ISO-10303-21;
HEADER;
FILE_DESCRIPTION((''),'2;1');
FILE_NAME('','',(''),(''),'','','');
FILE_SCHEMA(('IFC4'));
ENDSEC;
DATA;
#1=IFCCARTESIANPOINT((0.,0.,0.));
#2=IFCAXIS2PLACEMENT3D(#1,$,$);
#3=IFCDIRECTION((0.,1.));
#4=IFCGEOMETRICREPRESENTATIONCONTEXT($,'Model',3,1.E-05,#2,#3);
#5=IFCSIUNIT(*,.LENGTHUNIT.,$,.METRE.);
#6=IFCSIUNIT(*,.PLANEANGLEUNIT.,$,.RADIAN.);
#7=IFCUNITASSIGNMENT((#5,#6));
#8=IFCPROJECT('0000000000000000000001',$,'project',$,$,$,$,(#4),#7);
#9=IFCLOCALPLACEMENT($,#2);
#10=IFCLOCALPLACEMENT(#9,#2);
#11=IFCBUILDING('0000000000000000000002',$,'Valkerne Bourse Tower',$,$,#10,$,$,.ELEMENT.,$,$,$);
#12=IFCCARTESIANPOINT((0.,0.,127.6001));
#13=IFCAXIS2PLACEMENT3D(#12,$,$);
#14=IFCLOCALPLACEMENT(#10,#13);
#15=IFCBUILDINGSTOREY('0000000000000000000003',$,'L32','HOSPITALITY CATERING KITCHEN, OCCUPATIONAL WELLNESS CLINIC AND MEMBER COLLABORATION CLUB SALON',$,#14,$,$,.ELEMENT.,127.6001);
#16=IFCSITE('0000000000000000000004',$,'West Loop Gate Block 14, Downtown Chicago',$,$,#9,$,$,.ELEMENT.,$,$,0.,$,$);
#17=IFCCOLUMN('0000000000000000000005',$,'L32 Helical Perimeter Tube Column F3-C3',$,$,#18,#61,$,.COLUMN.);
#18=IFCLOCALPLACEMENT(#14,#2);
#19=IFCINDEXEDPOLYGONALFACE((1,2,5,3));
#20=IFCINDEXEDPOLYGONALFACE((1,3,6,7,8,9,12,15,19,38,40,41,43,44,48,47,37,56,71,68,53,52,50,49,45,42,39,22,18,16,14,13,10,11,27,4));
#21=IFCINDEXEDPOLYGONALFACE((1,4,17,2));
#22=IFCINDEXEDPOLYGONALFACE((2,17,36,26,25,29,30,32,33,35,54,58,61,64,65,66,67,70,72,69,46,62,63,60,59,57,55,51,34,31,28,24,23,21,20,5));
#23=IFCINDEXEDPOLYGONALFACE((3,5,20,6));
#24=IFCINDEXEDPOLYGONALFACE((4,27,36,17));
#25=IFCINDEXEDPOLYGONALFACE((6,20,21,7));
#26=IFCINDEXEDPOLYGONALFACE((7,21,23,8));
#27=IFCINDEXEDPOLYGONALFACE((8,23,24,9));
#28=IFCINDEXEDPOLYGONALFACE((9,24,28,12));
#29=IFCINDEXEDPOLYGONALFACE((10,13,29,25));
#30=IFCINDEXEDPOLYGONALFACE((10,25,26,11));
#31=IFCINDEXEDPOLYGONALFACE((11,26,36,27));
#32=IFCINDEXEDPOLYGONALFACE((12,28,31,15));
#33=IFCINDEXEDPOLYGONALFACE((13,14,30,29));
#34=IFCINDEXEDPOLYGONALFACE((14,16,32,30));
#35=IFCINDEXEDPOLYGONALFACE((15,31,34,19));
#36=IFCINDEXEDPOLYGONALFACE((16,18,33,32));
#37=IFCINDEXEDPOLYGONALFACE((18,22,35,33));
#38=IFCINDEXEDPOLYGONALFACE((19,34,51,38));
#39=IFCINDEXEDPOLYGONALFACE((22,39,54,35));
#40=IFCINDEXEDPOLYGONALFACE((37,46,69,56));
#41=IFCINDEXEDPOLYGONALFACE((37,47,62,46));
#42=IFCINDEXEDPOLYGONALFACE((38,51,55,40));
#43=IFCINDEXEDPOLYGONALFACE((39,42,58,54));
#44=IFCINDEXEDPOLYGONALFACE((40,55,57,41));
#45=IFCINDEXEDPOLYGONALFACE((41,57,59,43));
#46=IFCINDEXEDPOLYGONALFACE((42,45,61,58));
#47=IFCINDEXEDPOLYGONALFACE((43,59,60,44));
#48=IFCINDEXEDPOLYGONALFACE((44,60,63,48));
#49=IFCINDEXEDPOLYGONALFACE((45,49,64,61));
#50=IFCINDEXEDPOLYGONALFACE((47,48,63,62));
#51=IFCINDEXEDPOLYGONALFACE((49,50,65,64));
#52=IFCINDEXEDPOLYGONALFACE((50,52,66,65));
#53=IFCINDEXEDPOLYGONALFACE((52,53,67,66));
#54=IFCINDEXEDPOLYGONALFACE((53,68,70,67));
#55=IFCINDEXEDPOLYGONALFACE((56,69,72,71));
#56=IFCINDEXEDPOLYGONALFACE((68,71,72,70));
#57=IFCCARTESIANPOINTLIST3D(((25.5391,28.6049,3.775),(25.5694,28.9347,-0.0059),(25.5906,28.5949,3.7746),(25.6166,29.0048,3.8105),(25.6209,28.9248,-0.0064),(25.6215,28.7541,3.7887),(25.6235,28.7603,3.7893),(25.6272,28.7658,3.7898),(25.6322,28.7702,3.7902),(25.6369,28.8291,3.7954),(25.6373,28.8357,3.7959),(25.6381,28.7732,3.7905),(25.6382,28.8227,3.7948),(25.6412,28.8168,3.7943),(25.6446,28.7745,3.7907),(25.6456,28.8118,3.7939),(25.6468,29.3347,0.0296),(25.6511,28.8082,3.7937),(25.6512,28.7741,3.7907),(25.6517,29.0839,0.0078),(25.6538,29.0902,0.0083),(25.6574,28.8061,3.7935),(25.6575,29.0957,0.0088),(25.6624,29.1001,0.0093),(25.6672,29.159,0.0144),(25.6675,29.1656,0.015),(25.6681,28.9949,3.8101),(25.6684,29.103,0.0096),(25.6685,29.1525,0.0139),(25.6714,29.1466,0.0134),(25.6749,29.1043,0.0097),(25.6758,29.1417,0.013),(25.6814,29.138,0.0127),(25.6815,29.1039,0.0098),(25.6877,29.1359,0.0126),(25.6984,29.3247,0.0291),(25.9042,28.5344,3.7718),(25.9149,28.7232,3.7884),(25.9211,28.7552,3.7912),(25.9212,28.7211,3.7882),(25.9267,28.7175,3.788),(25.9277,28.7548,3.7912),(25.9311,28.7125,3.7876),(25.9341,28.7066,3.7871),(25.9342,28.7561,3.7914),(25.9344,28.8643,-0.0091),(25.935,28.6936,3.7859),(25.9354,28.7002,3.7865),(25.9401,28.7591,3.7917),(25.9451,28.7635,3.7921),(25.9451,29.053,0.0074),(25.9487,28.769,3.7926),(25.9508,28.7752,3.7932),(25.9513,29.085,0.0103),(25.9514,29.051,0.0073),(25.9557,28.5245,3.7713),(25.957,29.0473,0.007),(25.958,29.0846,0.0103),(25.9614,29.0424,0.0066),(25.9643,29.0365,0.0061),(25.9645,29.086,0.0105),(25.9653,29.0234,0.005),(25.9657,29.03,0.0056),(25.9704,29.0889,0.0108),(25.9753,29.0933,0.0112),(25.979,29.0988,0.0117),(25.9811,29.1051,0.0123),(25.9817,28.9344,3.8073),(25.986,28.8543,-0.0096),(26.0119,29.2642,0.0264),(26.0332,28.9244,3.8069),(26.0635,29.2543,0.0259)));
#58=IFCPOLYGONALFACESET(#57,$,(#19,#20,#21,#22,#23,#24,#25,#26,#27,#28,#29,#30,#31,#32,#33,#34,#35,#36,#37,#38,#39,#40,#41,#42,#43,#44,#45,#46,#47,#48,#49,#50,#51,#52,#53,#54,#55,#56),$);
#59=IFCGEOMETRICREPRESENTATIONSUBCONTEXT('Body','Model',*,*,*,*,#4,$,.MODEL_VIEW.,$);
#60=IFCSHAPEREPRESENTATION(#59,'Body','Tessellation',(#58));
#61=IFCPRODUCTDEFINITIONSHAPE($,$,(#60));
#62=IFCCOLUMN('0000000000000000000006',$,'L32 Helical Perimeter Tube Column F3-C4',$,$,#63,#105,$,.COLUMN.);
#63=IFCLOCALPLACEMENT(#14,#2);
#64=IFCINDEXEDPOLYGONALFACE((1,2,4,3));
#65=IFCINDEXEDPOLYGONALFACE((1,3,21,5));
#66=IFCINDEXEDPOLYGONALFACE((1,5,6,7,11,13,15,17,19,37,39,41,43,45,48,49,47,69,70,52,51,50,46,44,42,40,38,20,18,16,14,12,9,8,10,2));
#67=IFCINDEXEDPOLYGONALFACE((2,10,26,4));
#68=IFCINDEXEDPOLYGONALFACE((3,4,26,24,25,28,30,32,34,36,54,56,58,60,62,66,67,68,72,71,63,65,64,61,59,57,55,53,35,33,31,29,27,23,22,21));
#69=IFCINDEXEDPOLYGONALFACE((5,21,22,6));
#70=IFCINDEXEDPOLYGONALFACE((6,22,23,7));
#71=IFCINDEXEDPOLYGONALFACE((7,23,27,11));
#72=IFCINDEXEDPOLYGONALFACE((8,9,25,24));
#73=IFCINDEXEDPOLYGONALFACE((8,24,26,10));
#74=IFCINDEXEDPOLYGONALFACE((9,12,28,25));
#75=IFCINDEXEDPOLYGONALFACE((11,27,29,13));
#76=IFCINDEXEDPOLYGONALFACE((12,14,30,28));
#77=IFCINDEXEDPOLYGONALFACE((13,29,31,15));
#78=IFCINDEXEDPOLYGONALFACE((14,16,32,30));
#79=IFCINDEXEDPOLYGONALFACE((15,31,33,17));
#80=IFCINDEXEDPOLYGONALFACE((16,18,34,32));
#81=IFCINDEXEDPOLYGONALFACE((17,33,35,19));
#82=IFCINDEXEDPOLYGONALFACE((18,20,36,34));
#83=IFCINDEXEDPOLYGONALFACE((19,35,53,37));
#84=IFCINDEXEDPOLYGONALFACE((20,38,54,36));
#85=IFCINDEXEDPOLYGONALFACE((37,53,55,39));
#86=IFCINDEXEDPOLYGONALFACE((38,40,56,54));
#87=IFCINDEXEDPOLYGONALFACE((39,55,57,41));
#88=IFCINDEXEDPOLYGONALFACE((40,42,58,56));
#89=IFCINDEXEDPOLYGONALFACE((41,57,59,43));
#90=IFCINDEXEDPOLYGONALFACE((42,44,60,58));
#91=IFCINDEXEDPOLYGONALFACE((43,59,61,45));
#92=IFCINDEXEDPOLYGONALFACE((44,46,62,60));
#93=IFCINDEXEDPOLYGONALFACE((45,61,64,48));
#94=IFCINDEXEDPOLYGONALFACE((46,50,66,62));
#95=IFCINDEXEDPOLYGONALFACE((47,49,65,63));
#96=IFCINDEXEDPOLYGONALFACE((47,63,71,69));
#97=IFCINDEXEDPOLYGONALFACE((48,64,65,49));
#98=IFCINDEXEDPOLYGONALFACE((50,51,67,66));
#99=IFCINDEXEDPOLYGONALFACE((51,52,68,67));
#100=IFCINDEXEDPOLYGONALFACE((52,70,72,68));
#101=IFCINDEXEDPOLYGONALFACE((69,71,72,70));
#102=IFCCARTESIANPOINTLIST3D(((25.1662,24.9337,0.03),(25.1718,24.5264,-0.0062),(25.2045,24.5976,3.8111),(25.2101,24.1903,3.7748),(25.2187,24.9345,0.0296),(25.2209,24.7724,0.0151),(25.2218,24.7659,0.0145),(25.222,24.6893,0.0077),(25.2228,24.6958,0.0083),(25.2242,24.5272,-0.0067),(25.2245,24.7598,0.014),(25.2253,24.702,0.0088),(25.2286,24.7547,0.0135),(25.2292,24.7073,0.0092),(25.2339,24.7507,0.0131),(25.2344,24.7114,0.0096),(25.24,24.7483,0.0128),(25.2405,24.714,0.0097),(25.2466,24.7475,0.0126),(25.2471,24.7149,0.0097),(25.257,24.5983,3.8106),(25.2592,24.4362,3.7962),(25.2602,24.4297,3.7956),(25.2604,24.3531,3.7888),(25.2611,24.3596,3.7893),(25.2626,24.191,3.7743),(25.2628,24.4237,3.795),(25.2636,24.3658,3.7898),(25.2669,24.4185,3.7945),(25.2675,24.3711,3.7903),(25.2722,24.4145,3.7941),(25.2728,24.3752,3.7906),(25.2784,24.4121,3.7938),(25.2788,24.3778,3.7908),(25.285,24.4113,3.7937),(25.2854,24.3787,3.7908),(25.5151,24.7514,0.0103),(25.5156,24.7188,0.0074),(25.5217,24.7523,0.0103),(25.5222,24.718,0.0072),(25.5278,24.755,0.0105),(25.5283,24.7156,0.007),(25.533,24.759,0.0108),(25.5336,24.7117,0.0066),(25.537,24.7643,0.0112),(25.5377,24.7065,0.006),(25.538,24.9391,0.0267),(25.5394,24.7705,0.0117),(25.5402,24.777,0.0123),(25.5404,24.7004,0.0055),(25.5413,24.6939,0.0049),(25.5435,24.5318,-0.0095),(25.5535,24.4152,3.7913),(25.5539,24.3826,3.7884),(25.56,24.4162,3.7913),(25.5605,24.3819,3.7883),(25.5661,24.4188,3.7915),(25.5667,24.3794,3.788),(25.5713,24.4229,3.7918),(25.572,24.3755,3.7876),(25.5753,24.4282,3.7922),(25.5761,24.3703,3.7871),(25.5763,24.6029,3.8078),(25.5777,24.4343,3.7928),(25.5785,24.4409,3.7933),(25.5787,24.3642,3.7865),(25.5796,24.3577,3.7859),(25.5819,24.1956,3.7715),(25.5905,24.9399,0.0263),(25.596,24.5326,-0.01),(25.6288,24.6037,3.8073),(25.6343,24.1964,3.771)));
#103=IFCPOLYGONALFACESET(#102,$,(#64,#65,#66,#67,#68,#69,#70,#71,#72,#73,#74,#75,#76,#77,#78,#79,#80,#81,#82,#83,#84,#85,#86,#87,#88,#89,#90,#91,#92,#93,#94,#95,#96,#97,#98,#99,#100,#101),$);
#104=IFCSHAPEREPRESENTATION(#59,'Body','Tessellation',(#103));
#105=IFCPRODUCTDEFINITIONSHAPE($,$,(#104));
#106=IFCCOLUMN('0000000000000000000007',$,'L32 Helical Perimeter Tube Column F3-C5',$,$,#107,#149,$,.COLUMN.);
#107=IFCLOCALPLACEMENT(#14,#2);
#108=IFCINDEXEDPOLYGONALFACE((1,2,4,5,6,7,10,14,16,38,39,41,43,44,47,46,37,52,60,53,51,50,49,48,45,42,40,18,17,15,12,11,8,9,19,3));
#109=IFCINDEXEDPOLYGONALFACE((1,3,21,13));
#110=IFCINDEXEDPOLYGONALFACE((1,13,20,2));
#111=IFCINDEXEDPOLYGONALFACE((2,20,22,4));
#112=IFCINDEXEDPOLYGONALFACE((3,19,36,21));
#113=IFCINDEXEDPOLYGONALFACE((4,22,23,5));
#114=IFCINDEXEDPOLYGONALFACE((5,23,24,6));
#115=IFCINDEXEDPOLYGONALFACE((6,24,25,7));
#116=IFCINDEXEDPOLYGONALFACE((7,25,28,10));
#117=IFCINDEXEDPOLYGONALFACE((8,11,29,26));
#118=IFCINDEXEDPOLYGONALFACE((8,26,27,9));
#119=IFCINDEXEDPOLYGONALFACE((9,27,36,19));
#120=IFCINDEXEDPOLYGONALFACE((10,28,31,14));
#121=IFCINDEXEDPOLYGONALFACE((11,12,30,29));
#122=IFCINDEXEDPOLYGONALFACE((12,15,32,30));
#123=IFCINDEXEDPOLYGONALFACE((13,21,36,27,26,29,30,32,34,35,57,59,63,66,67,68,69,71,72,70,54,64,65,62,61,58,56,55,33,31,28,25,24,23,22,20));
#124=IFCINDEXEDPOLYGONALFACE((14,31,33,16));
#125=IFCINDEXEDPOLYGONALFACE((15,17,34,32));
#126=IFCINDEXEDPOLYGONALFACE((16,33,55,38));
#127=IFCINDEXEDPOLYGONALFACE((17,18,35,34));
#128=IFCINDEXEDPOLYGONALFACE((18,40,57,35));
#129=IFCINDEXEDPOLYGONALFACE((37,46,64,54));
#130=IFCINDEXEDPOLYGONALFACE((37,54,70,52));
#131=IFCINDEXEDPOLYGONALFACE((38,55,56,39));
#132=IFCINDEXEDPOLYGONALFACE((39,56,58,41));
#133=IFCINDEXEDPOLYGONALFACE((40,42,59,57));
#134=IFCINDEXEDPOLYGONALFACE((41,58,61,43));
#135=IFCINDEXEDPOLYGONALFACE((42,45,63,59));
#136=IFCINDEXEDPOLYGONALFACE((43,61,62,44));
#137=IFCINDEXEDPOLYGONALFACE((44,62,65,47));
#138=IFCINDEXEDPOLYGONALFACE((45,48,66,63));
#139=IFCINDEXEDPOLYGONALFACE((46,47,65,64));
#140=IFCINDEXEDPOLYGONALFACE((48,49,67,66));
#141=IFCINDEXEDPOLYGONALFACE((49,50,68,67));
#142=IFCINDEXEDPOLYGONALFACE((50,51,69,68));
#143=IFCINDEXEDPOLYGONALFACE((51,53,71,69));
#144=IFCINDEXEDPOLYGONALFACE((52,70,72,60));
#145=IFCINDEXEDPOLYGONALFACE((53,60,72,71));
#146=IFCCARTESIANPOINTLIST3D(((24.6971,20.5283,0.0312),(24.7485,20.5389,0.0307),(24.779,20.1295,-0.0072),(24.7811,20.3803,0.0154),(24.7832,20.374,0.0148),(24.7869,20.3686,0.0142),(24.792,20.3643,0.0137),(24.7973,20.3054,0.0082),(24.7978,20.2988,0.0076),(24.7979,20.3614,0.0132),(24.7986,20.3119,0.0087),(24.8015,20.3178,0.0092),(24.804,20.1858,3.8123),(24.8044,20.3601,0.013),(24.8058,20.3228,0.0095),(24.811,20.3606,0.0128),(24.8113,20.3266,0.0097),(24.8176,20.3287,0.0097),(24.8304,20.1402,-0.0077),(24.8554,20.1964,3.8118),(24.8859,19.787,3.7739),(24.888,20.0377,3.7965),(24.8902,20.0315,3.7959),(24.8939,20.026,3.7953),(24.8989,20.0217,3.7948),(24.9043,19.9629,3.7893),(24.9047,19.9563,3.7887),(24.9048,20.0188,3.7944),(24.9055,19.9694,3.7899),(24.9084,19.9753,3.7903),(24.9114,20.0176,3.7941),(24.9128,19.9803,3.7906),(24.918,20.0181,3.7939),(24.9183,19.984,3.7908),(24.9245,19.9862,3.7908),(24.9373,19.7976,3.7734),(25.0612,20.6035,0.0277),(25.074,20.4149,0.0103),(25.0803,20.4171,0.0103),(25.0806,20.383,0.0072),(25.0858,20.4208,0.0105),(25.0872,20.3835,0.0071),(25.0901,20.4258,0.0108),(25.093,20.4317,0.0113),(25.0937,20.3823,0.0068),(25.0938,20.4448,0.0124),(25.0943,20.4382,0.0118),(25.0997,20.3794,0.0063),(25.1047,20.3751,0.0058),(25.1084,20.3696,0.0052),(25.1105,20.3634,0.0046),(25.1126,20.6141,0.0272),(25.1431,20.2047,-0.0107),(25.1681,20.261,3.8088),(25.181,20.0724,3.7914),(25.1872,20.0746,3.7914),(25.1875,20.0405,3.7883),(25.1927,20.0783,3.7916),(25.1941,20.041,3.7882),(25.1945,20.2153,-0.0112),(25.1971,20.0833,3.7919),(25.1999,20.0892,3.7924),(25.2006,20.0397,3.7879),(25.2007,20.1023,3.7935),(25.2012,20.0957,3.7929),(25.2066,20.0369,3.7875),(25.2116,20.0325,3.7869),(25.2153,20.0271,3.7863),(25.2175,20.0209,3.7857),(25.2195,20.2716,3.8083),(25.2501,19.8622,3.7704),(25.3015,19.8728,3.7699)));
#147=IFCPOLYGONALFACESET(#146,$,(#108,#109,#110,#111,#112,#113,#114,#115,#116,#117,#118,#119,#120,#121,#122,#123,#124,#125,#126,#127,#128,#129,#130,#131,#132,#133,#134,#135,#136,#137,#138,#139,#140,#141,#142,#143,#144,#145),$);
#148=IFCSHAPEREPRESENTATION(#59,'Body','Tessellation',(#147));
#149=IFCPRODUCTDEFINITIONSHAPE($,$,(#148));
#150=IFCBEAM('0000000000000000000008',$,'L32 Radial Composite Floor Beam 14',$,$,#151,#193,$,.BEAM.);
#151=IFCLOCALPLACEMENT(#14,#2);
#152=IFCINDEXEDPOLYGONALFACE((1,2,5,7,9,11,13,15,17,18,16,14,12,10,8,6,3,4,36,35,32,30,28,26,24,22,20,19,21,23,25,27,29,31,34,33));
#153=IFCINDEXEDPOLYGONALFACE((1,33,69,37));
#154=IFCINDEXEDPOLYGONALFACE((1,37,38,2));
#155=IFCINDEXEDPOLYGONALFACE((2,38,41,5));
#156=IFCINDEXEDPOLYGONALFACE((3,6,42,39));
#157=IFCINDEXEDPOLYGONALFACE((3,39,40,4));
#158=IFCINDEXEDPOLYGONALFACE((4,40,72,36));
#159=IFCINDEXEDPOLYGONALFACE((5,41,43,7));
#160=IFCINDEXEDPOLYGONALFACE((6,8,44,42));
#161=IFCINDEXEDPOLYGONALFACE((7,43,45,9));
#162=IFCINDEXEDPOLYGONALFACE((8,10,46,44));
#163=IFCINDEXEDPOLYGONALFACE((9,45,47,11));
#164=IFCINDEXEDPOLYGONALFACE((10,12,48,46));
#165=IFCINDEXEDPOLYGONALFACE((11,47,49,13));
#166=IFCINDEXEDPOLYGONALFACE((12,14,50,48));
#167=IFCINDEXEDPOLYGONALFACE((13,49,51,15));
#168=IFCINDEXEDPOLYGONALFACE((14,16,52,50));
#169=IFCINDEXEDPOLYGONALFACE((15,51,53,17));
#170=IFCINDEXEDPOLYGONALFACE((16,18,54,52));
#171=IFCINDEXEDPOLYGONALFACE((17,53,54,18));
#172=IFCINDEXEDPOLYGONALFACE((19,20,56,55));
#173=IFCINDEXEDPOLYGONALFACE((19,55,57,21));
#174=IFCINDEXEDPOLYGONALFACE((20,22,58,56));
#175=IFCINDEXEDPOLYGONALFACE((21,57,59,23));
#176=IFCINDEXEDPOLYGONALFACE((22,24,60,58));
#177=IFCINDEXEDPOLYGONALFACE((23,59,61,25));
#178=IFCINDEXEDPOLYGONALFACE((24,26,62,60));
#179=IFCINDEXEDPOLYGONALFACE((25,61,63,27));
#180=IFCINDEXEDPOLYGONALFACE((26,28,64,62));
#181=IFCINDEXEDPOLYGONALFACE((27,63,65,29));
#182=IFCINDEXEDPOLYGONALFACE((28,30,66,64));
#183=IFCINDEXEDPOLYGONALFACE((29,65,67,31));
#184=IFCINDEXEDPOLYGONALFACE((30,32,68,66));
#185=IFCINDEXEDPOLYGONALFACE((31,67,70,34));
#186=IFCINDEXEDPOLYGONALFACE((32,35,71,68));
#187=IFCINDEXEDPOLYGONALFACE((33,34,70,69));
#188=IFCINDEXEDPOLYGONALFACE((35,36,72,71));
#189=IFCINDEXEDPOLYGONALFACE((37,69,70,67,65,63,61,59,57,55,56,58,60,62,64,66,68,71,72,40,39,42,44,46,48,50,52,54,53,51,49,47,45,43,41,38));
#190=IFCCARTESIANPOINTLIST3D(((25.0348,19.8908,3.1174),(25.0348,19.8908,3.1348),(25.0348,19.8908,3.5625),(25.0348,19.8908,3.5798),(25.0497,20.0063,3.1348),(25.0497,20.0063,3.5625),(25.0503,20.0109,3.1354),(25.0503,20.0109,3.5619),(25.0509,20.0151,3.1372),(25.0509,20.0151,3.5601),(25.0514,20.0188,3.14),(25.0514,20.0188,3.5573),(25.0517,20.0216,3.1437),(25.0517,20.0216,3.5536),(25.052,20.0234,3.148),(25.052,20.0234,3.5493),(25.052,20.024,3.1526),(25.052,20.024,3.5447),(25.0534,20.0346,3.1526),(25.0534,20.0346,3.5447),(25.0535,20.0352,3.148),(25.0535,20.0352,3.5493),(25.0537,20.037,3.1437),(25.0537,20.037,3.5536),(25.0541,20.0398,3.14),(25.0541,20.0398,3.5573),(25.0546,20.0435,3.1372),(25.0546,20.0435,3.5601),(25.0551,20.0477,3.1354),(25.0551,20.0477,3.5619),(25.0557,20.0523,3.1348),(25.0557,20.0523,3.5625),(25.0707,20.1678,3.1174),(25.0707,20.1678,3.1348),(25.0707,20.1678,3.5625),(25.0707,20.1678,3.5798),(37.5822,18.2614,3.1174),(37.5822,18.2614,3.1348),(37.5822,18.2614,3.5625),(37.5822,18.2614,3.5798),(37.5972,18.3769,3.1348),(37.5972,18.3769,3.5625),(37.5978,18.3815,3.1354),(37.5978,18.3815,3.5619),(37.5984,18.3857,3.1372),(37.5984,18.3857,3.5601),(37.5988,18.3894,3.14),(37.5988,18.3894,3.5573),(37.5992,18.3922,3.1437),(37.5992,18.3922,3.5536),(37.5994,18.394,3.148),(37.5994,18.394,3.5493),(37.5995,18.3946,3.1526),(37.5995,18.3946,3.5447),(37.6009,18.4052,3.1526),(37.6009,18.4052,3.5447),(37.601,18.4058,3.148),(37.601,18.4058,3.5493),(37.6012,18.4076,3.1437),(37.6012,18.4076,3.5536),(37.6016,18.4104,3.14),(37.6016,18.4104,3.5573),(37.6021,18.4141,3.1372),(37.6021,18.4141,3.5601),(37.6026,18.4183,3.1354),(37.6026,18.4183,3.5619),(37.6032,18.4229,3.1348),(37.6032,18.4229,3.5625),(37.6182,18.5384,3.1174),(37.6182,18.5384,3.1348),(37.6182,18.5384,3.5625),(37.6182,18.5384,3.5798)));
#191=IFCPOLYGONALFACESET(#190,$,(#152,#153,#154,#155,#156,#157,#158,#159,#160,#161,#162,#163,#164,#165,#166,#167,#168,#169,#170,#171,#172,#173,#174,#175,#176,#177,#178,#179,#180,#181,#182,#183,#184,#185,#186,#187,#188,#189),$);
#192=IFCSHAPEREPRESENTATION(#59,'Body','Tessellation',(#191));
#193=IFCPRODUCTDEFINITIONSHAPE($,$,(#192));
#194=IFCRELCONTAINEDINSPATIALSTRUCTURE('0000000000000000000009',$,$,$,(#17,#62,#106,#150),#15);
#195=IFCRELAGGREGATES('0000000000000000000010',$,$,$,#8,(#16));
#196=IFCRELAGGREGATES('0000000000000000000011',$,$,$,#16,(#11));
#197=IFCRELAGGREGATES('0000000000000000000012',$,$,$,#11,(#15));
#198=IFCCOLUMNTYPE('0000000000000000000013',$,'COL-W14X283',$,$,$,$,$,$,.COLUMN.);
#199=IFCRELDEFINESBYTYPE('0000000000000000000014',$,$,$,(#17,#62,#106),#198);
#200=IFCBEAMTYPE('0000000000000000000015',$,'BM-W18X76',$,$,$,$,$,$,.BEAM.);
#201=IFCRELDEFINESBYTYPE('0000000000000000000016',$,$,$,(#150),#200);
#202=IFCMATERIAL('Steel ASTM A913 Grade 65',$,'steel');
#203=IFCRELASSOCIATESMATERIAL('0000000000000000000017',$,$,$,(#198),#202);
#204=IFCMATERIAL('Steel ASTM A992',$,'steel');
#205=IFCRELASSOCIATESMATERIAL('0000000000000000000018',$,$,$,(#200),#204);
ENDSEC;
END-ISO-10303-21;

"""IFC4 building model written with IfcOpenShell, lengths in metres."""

from ifc_helpers import new_model, si_unit, direction, frame, origin, origin_2d, place, context, subcontext, project, spatial, i_section, extrude, material, material_profile, profile_set, type_object, element, save


model = new_model("IFC4")

# Units and contexts
model_context = context("Model", 3, precision=1e-05, world=origin(), true_north=direction((0.0, 1.0)))
body_context = subcontext(model_context, "Body", "Model", "MODEL_VIEW")
ifc_project = project(units=[si_unit("LENGTHUNIT", "METRE"), si_unit("PLANEANGLEUNIT", "RADIAN")], contexts=[model_context])

# Site, building, storey
site_placement = place(None, origin())
site = spatial("IfcSite", under=ifc_project, at=site_placement, Name="West Loop Gate Block 14, Downtown Chicago", CompositionType="ELEMENT", RefElevation=0.0)
building_placement = place(site_placement, origin())
building = spatial("IfcBuilding", under=site, at=building_placement, Name="Valkerne Bourse Tower", CompositionType="ELEMENT")
storey_placement = place(building_placement, frame((0.0, 0.0, 127.6001)))
storey = spatial("IfcBuildingStorey", under=building, at=storey_placement, Name="L32", Description="HOSPITALITY CATERING KITCHEN, OCCUPATIONAL WELLNESS CLINIC AND MEMBER COLLABORATION CLUB SALON", CompositionType="ELEMENT", Elevation=127.6001)

# Columns
ifc_material_1 = material(Name="Steel ASTM A913 Grade 65", Category="steel")
ifc_material_profile_1 = material_profile(ifc_material_1, i_section(OverallWidth=0.4089, OverallDepth=0.4243, WebThickness=0.0327, FlangeThickness=0.0525, FilletRadius=0.0254, at=origin_2d()), Name="W14X283")
ifc_profile_set_1 = profile_set([ifc_material_profile_1], Name="Steel ASTM A913 Grade 65")
column_type = type_object("IfcColumnType", Name="COL-W14X283", PredefinedType="COLUMN", material=ifc_profile_set_1)
column_1_placement = place(storey_placement, frame((25.8164, 29.0945, 0.01), z_axis=(-0.007976, -0.086902, 0.996185), x_axis=(-0.189505, -0.978032, -0.086835)))
element("IfcColumn", 1, at=column_1_placement, inside=storey, type_object=column_type, Name="L32 Helical Perimeter Tube Column F3-C3", PredefinedType="COLUMN", context=body_context, shape_type="SweptSolid", body=[
    extrude(i_section(OverallWidth=0.4089, OverallDepth=0.4243, WebThickness=0.0327, FlangeThickness=0.0525, FilletRadius=0.0254, at=origin_2d()), origin(), (0.0, 0.0, 1.0), 3.7954),
])
column_2_placement = place(storey_placement, frame((25.3811, 24.7332, 0.01), z_axis=(0.010097, -0.088559, 0.99602), x_axis=(0.013593, -0.995966, -0.088692)))
element("IfcColumn", 2, at=column_2_placement, inside=storey, type_object=column_type, Name="L32 Helical Perimeter Tube Column F3-C4", PredefinedType="COLUMN", context=body_context, shape_type="SweptSolid", body=[
    extrude(i_section(OverallWidth=0.4089, OverallDepth=0.4243, WebThickness=0.0327, FlangeThickness=0.0525, FilletRadius=0.0254, at=origin_2d()), origin(), (0.0, 0.0, 1.0), 3.7961),
])
column_3_placement = place(storey_placement, frame((24.9458, 20.3718, 0.01), z_axis=(0.028155, -0.090187, 0.995527), x_axis=(0.200397, -0.975194, -0.094012)))
element("IfcColumn", 3, at=column_3_placement, inside=storey, type_object=column_type, Name="L32 Helical Perimeter Tube Column F3-C5", PredefinedType="COLUMN", context=body_context, shape_type="SweptSolid", body=[
    extrude(i_section(OverallWidth=0.4089, OverallDepth=0.4243, WebThickness=0.0327, FlangeThickness=0.0525, FilletRadius=0.0254, at=origin_2d()), origin(), (0.0, 0.0, 1.0), 3.7981),
])

# Beam
ifc_material_2 = material(Name="Steel ASTM A992", Category="steel")
ifc_material_profile_2 = material_profile(ifc_material_2, i_section(OverallWidth=0.2793, OverallDepth=0.4624, WebThickness=0.0107, FlangeThickness=0.0173, FilletRadius=0.0178, at=origin_2d()), Name="W18X76")
ifc_profile_set_2 = profile_set([ifc_material_profile_2], Name="Steel ASTM A992")
beam_type_1 = type_object("IfcBeamType", Name="BM-W18X76", PredefinedType="BEAM", material=ifc_profile_set_2)
beam_1_placement = place(storey_placement, frame((25.0527, 20.0293, 3.3486), z_axis=(0.991673, -0.128778, 0.0), x_axis=(0.128778, 0.991673, 0.0)))
element("IfcBeam", 4, at=beam_1_placement, inside=storey, type_object=beam_type_1, Name="L32 Radial Composite Floor Beam 14", PredefinedType="BEAM", context=body_context, shape_type="SweptSolid", body=[
    extrude(i_section(OverallWidth=0.2793, OverallDepth=0.4624, WebThickness=0.0107, FlangeThickness=0.0173, FilletRadius=0.0178, at=origin_2d()), origin(), (0.0, 0.0, 1.0), 12.6528),
])

save(model, "model.ifc")
